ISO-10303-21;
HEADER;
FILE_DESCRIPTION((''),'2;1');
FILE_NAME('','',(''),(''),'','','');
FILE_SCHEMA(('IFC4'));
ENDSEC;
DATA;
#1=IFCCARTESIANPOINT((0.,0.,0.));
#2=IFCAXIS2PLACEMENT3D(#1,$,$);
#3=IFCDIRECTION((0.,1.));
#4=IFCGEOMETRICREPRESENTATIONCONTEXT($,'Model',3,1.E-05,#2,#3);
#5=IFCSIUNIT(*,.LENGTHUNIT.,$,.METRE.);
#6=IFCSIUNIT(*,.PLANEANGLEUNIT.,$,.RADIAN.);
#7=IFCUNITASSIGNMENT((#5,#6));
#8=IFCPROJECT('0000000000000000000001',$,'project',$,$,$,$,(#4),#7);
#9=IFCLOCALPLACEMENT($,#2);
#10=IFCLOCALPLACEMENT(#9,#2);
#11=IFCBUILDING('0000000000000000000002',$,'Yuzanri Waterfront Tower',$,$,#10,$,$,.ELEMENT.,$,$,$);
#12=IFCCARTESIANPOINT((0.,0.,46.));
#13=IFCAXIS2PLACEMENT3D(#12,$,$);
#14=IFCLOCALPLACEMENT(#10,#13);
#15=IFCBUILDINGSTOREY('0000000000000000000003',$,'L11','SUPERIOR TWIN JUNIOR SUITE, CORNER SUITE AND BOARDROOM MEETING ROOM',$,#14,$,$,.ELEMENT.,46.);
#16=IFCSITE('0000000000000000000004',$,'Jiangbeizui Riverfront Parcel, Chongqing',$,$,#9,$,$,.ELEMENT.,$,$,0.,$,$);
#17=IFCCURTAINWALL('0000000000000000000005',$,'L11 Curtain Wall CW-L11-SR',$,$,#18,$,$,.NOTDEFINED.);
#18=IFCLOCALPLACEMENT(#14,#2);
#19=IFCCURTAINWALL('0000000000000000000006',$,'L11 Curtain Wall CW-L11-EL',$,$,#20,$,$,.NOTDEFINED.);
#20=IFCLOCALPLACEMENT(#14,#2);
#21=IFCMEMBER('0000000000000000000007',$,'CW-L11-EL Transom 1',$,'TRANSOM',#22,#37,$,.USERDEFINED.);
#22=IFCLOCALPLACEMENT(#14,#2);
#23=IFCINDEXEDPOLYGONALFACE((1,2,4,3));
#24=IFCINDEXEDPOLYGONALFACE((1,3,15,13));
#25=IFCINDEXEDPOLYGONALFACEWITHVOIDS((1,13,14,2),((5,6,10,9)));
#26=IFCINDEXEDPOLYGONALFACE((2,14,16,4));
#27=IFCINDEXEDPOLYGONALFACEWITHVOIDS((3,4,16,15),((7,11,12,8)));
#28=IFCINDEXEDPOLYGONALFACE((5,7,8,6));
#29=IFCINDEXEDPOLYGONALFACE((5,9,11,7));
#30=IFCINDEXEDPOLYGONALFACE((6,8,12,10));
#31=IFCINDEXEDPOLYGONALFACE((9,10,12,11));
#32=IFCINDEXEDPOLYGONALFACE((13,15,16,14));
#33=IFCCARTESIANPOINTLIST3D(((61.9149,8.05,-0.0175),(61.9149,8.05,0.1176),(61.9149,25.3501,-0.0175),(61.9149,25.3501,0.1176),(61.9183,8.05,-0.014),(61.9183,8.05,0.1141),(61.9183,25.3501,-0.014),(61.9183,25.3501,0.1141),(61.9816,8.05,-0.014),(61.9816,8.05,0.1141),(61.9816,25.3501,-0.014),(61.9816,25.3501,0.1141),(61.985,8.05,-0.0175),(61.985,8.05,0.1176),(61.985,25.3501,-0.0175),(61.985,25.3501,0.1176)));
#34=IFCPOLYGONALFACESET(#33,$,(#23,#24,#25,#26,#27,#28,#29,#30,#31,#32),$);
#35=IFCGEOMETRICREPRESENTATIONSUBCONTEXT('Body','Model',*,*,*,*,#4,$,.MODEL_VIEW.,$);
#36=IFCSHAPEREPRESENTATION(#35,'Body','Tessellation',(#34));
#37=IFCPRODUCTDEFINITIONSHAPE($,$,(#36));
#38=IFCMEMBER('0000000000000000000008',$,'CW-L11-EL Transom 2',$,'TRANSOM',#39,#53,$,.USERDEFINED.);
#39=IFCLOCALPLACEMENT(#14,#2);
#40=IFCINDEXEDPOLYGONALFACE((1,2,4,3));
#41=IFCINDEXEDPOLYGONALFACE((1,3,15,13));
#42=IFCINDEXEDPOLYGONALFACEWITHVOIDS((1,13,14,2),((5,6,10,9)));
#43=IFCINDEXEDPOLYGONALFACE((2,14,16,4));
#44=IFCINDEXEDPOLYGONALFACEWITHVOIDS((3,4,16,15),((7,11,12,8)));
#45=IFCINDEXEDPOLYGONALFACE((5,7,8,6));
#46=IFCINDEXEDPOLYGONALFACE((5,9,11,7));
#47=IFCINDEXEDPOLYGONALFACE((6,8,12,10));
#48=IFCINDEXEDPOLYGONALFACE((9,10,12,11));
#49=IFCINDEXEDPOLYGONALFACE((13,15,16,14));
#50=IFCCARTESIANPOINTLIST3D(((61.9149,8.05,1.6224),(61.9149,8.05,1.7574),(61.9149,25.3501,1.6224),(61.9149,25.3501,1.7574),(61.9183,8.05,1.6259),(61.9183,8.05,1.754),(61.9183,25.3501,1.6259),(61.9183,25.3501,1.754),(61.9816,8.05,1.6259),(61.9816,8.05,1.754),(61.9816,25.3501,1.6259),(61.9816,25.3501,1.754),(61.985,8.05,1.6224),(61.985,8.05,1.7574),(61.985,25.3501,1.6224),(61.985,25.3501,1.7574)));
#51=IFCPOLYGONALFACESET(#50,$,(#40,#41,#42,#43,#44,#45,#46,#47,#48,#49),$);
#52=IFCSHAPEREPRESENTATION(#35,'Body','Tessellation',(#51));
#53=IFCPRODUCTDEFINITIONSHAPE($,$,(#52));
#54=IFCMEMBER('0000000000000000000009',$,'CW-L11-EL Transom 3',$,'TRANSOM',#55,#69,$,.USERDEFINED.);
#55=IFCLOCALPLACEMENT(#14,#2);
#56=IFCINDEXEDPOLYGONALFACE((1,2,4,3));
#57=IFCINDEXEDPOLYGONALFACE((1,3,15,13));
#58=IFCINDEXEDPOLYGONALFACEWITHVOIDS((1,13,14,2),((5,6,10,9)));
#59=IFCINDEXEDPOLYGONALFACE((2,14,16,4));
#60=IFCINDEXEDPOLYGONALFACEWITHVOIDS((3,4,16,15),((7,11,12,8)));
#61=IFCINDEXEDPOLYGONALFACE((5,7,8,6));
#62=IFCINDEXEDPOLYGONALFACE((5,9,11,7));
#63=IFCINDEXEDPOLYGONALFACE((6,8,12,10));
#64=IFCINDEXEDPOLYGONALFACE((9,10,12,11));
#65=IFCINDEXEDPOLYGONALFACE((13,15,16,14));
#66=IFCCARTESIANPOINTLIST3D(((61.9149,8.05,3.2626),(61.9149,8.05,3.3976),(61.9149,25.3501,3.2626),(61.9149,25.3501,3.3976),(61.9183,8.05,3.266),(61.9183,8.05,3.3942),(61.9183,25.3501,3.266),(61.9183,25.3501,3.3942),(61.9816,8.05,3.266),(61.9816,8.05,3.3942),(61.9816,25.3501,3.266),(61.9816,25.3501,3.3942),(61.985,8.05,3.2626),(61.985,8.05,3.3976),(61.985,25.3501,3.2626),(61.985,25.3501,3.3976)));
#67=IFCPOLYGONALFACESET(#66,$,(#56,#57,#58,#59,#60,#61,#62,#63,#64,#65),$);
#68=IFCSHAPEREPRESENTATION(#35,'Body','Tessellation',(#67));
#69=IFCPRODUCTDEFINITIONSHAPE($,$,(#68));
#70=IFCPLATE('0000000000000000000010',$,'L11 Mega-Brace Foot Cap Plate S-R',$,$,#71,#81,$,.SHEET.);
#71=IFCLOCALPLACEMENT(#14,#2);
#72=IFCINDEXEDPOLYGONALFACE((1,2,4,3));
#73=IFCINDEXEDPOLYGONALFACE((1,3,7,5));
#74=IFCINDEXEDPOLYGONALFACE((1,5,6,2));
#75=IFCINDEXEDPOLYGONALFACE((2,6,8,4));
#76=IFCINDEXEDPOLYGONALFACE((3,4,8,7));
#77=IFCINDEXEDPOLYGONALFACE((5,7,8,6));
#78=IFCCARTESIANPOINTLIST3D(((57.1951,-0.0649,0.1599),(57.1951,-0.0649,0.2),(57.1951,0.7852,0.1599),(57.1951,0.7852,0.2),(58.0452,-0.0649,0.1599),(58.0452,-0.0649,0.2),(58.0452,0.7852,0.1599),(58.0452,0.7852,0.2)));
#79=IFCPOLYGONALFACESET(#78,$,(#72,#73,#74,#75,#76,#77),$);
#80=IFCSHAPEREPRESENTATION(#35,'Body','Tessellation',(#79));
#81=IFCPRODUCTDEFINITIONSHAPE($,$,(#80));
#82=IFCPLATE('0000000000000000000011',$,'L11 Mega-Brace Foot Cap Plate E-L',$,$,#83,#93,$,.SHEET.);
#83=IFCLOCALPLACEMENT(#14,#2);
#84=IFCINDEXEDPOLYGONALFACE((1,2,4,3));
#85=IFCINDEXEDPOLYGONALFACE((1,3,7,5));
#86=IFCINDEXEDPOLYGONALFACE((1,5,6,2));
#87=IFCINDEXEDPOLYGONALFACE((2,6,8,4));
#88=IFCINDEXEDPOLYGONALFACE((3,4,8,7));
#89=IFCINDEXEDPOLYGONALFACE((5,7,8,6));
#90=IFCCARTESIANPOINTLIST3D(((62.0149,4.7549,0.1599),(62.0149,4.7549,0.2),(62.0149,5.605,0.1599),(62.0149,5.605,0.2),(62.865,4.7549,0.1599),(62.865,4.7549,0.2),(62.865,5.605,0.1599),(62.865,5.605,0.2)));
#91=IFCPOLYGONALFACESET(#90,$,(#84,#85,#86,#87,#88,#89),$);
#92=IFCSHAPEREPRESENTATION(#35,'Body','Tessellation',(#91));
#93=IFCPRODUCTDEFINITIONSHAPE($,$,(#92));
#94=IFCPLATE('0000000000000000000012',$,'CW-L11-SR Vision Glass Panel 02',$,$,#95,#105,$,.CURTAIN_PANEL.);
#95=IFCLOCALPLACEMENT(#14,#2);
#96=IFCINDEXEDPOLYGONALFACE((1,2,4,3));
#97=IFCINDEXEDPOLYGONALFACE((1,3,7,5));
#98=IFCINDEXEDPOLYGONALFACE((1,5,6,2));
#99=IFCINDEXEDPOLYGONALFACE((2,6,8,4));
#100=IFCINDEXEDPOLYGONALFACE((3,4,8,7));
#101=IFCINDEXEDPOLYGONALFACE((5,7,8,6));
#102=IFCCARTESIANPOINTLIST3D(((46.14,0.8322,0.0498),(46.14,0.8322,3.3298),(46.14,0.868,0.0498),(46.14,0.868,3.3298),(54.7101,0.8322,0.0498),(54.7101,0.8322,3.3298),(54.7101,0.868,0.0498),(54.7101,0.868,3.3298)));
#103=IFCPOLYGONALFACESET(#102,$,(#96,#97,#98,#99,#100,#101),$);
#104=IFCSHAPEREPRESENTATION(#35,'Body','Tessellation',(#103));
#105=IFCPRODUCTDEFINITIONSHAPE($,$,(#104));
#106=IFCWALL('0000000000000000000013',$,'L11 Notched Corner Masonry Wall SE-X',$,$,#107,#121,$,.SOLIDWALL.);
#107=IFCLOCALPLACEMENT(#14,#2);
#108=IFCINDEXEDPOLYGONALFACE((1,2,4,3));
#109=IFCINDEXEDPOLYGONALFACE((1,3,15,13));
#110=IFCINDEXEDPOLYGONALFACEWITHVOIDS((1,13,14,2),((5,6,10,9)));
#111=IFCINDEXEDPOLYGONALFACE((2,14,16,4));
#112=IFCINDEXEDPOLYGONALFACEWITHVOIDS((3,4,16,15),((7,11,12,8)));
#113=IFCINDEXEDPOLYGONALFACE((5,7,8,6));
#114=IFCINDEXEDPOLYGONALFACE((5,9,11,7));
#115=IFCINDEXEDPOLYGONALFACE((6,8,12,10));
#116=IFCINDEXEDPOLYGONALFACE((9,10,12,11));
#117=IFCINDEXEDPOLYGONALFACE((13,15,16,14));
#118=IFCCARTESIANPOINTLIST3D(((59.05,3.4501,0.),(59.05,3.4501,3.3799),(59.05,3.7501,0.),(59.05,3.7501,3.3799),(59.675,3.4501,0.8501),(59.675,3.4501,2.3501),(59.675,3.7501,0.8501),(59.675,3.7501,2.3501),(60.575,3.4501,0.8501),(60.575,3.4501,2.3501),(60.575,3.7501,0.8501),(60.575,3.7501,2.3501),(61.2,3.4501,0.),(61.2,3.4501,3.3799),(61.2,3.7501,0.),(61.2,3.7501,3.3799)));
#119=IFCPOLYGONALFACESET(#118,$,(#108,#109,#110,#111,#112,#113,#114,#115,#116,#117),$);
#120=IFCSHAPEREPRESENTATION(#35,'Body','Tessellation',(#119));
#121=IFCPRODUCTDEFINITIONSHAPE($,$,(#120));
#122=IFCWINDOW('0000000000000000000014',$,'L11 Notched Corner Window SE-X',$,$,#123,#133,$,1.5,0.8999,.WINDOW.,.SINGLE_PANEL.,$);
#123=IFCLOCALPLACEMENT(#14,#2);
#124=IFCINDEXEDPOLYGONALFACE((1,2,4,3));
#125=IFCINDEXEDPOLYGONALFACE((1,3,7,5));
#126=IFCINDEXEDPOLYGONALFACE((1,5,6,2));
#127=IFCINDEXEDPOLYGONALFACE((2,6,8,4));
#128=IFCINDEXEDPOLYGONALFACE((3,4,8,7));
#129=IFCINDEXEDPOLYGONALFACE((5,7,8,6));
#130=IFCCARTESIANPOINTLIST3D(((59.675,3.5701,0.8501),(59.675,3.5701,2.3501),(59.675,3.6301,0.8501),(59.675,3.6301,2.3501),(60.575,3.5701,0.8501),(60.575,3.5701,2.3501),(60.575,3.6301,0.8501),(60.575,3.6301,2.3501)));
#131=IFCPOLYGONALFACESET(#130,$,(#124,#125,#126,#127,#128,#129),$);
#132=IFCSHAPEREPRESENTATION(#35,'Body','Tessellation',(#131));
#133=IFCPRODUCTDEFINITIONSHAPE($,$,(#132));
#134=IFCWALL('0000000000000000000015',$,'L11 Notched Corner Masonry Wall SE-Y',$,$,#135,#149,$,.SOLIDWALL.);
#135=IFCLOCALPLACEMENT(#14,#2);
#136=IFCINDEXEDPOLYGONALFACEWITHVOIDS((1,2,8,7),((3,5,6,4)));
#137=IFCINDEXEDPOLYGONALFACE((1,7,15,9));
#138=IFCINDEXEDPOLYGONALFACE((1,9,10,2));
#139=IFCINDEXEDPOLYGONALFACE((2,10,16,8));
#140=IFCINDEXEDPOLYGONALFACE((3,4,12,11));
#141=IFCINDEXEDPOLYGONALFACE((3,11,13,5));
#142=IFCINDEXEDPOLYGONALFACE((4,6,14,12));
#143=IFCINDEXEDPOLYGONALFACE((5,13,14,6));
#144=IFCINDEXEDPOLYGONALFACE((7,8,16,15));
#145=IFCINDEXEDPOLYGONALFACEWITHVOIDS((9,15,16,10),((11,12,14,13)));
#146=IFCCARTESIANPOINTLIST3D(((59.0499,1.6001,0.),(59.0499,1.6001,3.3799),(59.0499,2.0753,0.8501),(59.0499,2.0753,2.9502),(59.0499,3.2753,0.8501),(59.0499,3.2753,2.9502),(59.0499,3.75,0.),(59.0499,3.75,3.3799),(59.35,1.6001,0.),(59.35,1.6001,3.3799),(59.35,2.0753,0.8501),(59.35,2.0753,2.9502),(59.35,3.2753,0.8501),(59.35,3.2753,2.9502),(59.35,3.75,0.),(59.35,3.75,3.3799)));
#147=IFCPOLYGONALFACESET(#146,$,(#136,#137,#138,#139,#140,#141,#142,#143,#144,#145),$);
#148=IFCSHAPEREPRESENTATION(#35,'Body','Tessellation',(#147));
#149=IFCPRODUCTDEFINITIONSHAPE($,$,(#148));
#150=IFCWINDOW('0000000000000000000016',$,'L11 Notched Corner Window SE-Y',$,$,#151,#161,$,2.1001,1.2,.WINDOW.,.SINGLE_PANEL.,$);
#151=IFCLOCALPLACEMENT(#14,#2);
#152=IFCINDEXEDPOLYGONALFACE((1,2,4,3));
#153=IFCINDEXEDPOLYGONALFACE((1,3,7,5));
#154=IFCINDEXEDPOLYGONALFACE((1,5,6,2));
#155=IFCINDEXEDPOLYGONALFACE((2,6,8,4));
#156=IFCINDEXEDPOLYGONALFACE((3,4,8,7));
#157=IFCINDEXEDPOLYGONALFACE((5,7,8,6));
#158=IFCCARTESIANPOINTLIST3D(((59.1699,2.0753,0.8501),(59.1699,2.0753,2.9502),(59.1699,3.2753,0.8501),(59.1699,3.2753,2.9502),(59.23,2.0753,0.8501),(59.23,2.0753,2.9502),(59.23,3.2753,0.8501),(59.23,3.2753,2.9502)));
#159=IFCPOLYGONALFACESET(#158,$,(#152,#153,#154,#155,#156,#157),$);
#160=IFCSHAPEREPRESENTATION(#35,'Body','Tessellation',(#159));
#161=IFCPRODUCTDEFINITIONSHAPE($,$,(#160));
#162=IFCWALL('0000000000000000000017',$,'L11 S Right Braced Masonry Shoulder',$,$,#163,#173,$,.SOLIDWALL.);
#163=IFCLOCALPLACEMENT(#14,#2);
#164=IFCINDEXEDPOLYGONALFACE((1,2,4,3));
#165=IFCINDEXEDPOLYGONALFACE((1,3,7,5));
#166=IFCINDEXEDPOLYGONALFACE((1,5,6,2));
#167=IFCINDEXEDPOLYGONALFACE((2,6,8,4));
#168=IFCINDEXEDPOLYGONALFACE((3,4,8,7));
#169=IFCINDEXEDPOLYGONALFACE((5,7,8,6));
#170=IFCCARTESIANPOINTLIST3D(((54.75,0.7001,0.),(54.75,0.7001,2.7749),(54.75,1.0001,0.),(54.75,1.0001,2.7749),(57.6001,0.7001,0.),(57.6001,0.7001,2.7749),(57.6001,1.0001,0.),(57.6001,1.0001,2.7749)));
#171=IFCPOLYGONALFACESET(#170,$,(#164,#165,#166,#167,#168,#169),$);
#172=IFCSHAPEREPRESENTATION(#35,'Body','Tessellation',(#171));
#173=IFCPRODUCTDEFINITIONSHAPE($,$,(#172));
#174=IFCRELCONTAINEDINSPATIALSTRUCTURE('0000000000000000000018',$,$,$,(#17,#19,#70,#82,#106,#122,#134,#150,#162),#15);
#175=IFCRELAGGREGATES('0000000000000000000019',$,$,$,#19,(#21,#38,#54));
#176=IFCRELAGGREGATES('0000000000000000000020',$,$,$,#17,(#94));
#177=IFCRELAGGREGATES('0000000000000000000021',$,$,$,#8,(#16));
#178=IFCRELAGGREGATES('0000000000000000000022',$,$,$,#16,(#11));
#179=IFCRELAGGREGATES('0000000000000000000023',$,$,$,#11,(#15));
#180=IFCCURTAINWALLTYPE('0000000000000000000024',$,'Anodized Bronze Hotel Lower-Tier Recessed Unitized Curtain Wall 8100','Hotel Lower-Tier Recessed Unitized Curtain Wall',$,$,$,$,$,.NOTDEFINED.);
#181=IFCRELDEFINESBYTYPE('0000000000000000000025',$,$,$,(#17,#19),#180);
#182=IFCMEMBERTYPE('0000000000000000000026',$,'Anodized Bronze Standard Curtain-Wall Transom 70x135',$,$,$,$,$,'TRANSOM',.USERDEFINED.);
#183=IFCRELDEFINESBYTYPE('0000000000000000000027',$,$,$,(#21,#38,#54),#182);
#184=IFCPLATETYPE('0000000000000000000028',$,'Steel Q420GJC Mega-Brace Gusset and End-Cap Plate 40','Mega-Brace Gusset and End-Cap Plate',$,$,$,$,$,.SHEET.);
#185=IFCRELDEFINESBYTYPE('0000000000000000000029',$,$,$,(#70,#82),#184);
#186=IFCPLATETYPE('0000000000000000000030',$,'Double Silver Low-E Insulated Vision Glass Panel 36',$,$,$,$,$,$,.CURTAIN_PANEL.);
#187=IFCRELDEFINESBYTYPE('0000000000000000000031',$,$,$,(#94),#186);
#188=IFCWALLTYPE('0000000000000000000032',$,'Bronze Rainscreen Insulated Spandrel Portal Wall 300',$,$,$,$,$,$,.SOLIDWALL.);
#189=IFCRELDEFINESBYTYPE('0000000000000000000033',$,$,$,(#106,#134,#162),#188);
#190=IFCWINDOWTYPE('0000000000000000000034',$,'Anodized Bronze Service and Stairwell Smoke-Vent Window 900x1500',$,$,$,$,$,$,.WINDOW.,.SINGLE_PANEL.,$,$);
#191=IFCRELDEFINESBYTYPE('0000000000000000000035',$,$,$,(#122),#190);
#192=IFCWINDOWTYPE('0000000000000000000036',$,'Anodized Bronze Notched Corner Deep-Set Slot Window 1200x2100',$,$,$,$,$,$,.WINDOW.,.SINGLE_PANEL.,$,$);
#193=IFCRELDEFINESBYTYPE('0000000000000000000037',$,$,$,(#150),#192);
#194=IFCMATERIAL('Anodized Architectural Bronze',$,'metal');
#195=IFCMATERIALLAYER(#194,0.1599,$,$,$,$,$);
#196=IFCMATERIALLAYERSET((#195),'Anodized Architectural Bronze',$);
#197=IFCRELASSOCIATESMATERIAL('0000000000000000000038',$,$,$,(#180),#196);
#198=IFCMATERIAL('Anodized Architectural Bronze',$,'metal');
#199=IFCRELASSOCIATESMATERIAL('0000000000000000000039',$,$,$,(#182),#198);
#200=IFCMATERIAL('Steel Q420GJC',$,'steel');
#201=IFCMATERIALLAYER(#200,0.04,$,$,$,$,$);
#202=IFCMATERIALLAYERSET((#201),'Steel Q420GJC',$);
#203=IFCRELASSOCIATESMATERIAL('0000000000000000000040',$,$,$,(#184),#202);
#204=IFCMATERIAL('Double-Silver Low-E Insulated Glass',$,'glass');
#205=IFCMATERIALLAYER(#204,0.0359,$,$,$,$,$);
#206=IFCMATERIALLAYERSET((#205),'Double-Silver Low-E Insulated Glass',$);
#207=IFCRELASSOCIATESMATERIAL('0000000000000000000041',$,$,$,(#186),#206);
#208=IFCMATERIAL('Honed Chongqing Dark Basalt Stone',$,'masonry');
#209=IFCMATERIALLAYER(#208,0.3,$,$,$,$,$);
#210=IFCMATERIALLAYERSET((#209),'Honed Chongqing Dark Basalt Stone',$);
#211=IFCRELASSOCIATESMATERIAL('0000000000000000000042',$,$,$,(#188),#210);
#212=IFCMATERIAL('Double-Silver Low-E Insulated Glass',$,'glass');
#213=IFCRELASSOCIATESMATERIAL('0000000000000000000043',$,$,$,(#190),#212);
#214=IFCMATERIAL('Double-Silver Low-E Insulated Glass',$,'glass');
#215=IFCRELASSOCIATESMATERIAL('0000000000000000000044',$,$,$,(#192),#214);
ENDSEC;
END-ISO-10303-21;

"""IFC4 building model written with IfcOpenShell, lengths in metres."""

from ifc_helpers import new_model, si_unit, direction, frame, frame_2d, origin, origin_2d, place, context, subcontext, project, spatial, rectangle, hollow_rectangle, extrude, source, transform, mapped, material, layer, layer_set, material_profile, profile_set, type_object, element, fill, aggregate, save


model = new_model("IFC4")

# Units and contexts
model_context = context("Model", 3, precision=1e-05, world=origin(), true_north=direction((0.0, 1.0)))
body_context = subcontext(model_context, "Body", "Model", "MODEL_VIEW")
ifc_project = project(units=[si_unit("LENGTHUNIT", "METRE"), si_unit("PLANEANGLEUNIT", "RADIAN")], contexts=[model_context])

# Site, building, storey
site_placement = place(None, origin())
site = spatial("IfcSite", under=ifc_project, at=site_placement, Name="Jiangbeizui Riverfront Parcel, Chongqing", CompositionType="ELEMENT", RefElevation=0.0)
building_placement = place(site_placement, origin())
building = spatial("IfcBuilding", under=site, at=building_placement, Name="Yuzanri Waterfront Tower", CompositionType="ELEMENT")
storey_placement = place(building_placement, frame((0.0, 0.0, 46.0)))
storey = spatial("IfcBuildingStorey", under=building, at=storey_placement, Name="L11", Description="SUPERIOR TWIN JUNIOR SUITE, CORNER SUITE AND BOARDROOM MEETING ROOM", CompositionType="ELEMENT", Elevation=46.0)

# Curtain walls, members
ifc_material_1 = material(Name="Anodized Architectural Bronze", Category="metal")
ifc_layer_1 = layer(ifc_material_1, 0.1599)
ifc_layer_set_1 = layer_set([ifc_layer_1], Name="Anodized Architectural Bronze")
curtain_wall_type = type_object("IfcCurtainWallType", Name="Anodized Bronze Hotel Lower-Tier Recessed Unitized Curtain Wall 8100", Description="Hotel Lower-Tier Recessed Unitized Curtain Wall", PredefinedType="NOTDEFINED", material=ifc_layer_set_1)
curtain_wall_1_placement = place(storey_placement, origin())
curtain_wall_1 = element("IfcCurtainWall", 1, at=curtain_wall_1_placement, inside=storey, type_object=curtain_wall_type, Name="L11 Curtain Wall CW-L11-SR", PredefinedType="NOTDEFINED")
curtain_wall_2_placement = place(storey_placement, origin())
curtain_wall_2 = element("IfcCurtainWall", 2, at=curtain_wall_2_placement, inside=storey, type_object=curtain_wall_type, Name="L11 Curtain Wall CW-L11-EL", PredefinedType="NOTDEFINED")
ifc_material_2 = material(Name="Anodized Architectural Bronze", Category="metal")
ifc_material_profile_1 = material_profile(ifc_material_2, hollow_rectangle(XDim=0.0701, YDim=0.135, WallThickness=0.0034, at=origin_2d()), Name="CWT 70x135")
ifc_profile_set_1 = profile_set([ifc_material_profile_1], Name="Anodized Architectural Bronze")
member_type_1 = type_object("IfcMemberType", Name="Anodized Bronze Standard Curtain-Wall Transom 70x135", ElementType="TRANSOM", PredefinedType="USERDEFINED", material=ifc_profile_set_1)
shared_shape_1 = source(origin(), body_context, "Body", "SweptSolid", [
    extrude(hollow_rectangle(XDim=0.0701, YDim=0.135, WallThickness=0.0034, at=origin_2d()), origin(), (0.0, 0.0, 1.0), 17.3),
])
member_1_placement = place(storey_placement, frame((61.95, 8.05, 0.05), z_axis=(0.0, 1.0, 0.0), x_axis=(-1.0, 0.0, 0.0)))
member_1 = element("IfcMember", 3, at=member_1_placement, type_object=member_type_1, Name="CW-L11-EL Transom 1", ObjectType="TRANSOM", PredefinedType="USERDEFINED", context=body_context, shape_type="MappedRepresentation", body=[
    mapped(shared_shape_1, transform((0.0, 0.0, 0.0), scale=1.0)),
])
member_2_placement = place(storey_placement, frame((61.95, 8.05, 1.6899), z_axis=(0.0, 1.0, 0.0), x_axis=(-1.0, 0.0, 0.0)))
member_2 = element("IfcMember", 4, at=member_2_placement, type_object=member_type_1, Name="CW-L11-EL Transom 2", ObjectType="TRANSOM", PredefinedType="USERDEFINED", context=body_context, shape_type="MappedRepresentation", body=[
    mapped(shared_shape_1, transform((0.0, 0.0, 0.0), scale=1.0)),
])
member_3_placement = place(storey_placement, frame((61.95, 8.05, 3.3301), z_axis=(0.0, 1.0, 0.0), x_axis=(-1.0, 0.0, 0.0)))
member_3 = element("IfcMember", 5, at=member_3_placement, type_object=member_type_1, Name="CW-L11-EL Transom 3", ObjectType="TRANSOM", PredefinedType="USERDEFINED", context=body_context, shape_type="MappedRepresentation", body=[
    mapped(shared_shape_1, transform((0.0, 0.0, 0.0), scale=1.0)),
])
aggregate(curtain_wall_2, [member_1, member_2, member_3])

# Plates
ifc_material_3 = material(Name="Steel Q420GJC", Category="steel")
ifc_layer_2 = layer(ifc_material_3, 0.04)
ifc_layer_set_2 = layer_set([ifc_layer_2], Name="Steel Q420GJC")
plate_type_1 = type_object("IfcPlateType", Name="Steel Q420GJC Mega-Brace Gusset and End-Cap Plate 40", Description="Mega-Brace Gusset and End-Cap Plate", PredefinedType="SHEET", material=ifc_layer_set_2)
shared_shape_2 = source(origin(), body_context, "Body", "SweptSolid", [
    extrude(rectangle(XDim=0.8501, YDim=0.8501, at=origin_2d()), origin(), (0.0, 0.0, 1.0), 0.04),
])
for number, where, z_axis, x_axis, name in (
    (6, (57.6201, 0.3601, 0.1599), (0.0, 0.0, 1.0), (1.0, 0.0, 0.0), "L11 Mega-Brace Foot Cap Plate S-R"),
    (7, (62.4399, 5.1799, 0.1599), (0.0, 0.0, 1.0), (1.0, 0.0, 0.0), "L11 Mega-Brace Foot Cap Plate E-L"),
):
    element("IfcPlate", number, at=place(storey_placement, frame(where, z_axis=z_axis, x_axis=x_axis)), inside=storey, type_object=plate_type_1, Name=name, PredefinedType="SHEET", context=body_context, shape_type="MappedRepresentation", body=[
        mapped(shared_shape_2, transform((0.0, 0.0, 0.0), scale=1.0)),
    ])

# Plate
ifc_material_4 = material(Name="Double-Silver Low-E Insulated Glass", Category="glass")
ifc_layer_3 = layer(ifc_material_4, 0.0359)
ifc_layer_set_3 = layer_set([ifc_layer_3], Name="Double-Silver Low-E Insulated Glass")
plate_type_2 = type_object("IfcPlateType", Name="Double Silver Low-E Insulated Vision Glass Panel 36", PredefinedType="CURTAIN_PANEL", material=ifc_layer_set_3)
shared_shape_3 = source(origin(), body_context, "Body", "SweptSolid", [
    extrude(rectangle(XDim=8.5701, YDim=0.0359, at=origin_2d()), origin(), (0.0, 0.0, 1.0), 3.28),
])
plate_placement = place(storey_placement, frame((50.425, 0.8501, 0.0498), z_axis=(0.0, 0.0, 1.0), x_axis=(1.0, 0.0, 0.0)))
plate = element("IfcPlate", 8, at=plate_placement, type_object=plate_type_2, Name="CW-L11-SR Vision Glass Panel 02", PredefinedType="CURTAIN_PANEL", context=body_context, shape_type="MappedRepresentation", body=[
    mapped(shared_shape_3, transform((0.0, 0.0, 0.0), scale=1.0)),
])
aggregate(curtain_wall_1, [plate])

# Walls, openings, windows
ifc_material_5 = material(Name="Honed Chongqing Dark Basalt Stone", Category="masonry")
ifc_layer_4 = layer(ifc_material_5, 0.3)
ifc_layer_set_4 = layer_set([ifc_layer_4], Name="Honed Chongqing Dark Basalt Stone")
wall_type_1 = type_object("IfcWallType", Name="Bronze Rainscreen Insulated Spandrel Portal Wall 300", PredefinedType="SOLIDWALL", material=ifc_layer_set_4)
wall_1_placement = place(storey_placement, frame((59.05, 3.6001, 0.0), z_axis=(0.0, 0.0, 1.0), x_axis=(1.0, 0.0, 0.0)))
wall_1 = element("IfcWall", 9, at=wall_1_placement, inside=storey, type_object=wall_type_1, Name="L11 Notched Corner Masonry Wall SE-X", PredefinedType="SOLIDWALL", context=body_context, shape_type="SweptSolid", body=[
    extrude(rectangle(XDim=2.1499, YDim=0.3, at=frame_2d((1.075, 0.0))), origin(), (0.0, 0.0, 1.0), 3.3799),
])
opening_1_placement = place(wall_1_placement, frame((0.625, 0.0, 0.8501)))
opening_1 = element("IfcOpeningElement", 10, at=opening_1_placement, cuts=wall_1, PredefinedType="OPENING", context=body_context, shape_type="SweptSolid", body=[
    extrude(rectangle(XDim=0.8999, YDim=1.5, at=frame_2d((0.45, 0.75))), frame((0.0, 0.165, 0.0), z_axis=(0.0, -1.0, 0.0), x_axis=(1.0, 0.0, 0.0)), (0.0, 0.0, 1.0), 0.3298),
])
ifc_material_6 = material(Name="Double-Silver Low-E Insulated Glass", Category="glass")
window_type_1 = type_object("IfcWindowType", Name="Anodized Bronze Service and Stairwell Smoke-Vent Window 900x1500", PartitioningType="SINGLE_PANEL", PredefinedType="WINDOW", material=ifc_material_6)
shared_shape_4 = source(origin(), body_context, "Body", "SweptSolid", [
    extrude(rectangle(XDim=0.8999, YDim=1.5, at=frame_2d((0.45, 0.75))), frame((0.0, 0.03, 0.0), z_axis=(0.0, -1.0, 0.0), x_axis=(1.0, 0.0, 0.0)), (0.0, 0.0, 1.0), 0.0601),
])
window_1_placement = place(opening_1_placement, origin())
window_1 = element("IfcWindow", 11, at=window_1_placement, inside=storey, type_object=window_type_1, Name="L11 Notched Corner Window SE-X", OverallHeight=1.5, OverallWidth=0.8999, PartitioningType="SINGLE_PANEL", PredefinedType="WINDOW", context=body_context, shape_type="MappedRepresentation", body=[
    mapped(shared_shape_4, transform((0.0, 0.0, 0.0), scale=1.0)),
])
fill(opening_1, window_1)
wall_2_placement = place(storey_placement, frame((59.2, 1.6001, 0.0), z_axis=(0.0, 0.0, 1.0), x_axis=(0.0, 1.0, 0.0)))
wall_2 = element("IfcWall", 12, at=wall_2_placement, inside=storey, type_object=wall_type_1, Name="L11 Notched Corner Masonry Wall SE-Y", PredefinedType="SOLIDWALL", context=body_context, shape_type="SweptSolid", body=[
    extrude(rectangle(XDim=2.1499, YDim=0.3, at=frame_2d((1.075, 0.0))), origin(), (0.0, 0.0, 1.0), 3.3799),
])
opening_2_placement = place(wall_2_placement, frame((0.4751, 0.0, 0.8501)))
opening_2 = element("IfcOpeningElement", 13, at=opening_2_placement, cuts=wall_2, PredefinedType="OPENING", context=body_context, shape_type="SweptSolid", body=[
    extrude(rectangle(XDim=1.2, YDim=2.1001, at=frame_2d((0.6001, 1.05))), frame((0.0, 0.165, 0.0), z_axis=(0.0, -1.0, 0.0), x_axis=(1.0, 0.0, 0.0)), (0.0, 0.0, 1.0), 0.3298),
])
ifc_material_7 = material(Name="Double-Silver Low-E Insulated Glass", Category="glass")
window_type_2 = type_object("IfcWindowType", Name="Anodized Bronze Notched Corner Deep-Set Slot Window 1200x2100", PartitioningType="SINGLE_PANEL", PredefinedType="WINDOW", material=ifc_material_7)
shared_shape_5 = source(origin(), body_context, "Body", "SweptSolid", [
    extrude(rectangle(XDim=1.2, YDim=2.1001, at=frame_2d((0.6001, 1.05))), frame((0.0, 0.03, 0.0), z_axis=(0.0, -1.0, 0.0), x_axis=(1.0, 0.0, 0.0)), (0.0, 0.0, 1.0), 0.0601),
])
window_2_placement = place(opening_2_placement, origin())
window_2 = element("IfcWindow", 14, at=window_2_placement, inside=storey, type_object=window_type_2, Name="L11 Notched Corner Window SE-Y", OverallHeight=2.1001, OverallWidth=1.2, PartitioningType="SINGLE_PANEL", PredefinedType="WINDOW", context=body_context, shape_type="MappedRepresentation", body=[
    mapped(shared_shape_5, transform((0.0, 0.0, 0.0), scale=1.0)),
])
fill(opening_2, window_2)

# Wall
shared_shape_6 = source(origin(), body_context, "Body", "SweptSolid", [
    extrude(rectangle(XDim=2.8501, YDim=0.3, at=frame_2d((1.425, 0.0))), origin(), (0.0, 0.0, 1.0), 2.7749),
])
for number, where, z_axis, x_axis, name in (
    (15, (54.75, 0.8501, 0.0), (0.0, 0.0, 1.0), (1.0, 0.0, 0.0), "L11 S Right Braced Masonry Shoulder"),
):
    element("IfcWall", number, at=place(storey_placement, frame(where, z_axis=z_axis, x_axis=x_axis)), inside=storey, type_object=wall_type_1, Name=name, PredefinedType="SOLIDWALL", context=body_context, shape_type="MappedRepresentation", body=[
        mapped(shared_shape_6, transform((0.0, 0.0, 0.0), scale=1.0)),
    ])

save(model, "model.ifc")
